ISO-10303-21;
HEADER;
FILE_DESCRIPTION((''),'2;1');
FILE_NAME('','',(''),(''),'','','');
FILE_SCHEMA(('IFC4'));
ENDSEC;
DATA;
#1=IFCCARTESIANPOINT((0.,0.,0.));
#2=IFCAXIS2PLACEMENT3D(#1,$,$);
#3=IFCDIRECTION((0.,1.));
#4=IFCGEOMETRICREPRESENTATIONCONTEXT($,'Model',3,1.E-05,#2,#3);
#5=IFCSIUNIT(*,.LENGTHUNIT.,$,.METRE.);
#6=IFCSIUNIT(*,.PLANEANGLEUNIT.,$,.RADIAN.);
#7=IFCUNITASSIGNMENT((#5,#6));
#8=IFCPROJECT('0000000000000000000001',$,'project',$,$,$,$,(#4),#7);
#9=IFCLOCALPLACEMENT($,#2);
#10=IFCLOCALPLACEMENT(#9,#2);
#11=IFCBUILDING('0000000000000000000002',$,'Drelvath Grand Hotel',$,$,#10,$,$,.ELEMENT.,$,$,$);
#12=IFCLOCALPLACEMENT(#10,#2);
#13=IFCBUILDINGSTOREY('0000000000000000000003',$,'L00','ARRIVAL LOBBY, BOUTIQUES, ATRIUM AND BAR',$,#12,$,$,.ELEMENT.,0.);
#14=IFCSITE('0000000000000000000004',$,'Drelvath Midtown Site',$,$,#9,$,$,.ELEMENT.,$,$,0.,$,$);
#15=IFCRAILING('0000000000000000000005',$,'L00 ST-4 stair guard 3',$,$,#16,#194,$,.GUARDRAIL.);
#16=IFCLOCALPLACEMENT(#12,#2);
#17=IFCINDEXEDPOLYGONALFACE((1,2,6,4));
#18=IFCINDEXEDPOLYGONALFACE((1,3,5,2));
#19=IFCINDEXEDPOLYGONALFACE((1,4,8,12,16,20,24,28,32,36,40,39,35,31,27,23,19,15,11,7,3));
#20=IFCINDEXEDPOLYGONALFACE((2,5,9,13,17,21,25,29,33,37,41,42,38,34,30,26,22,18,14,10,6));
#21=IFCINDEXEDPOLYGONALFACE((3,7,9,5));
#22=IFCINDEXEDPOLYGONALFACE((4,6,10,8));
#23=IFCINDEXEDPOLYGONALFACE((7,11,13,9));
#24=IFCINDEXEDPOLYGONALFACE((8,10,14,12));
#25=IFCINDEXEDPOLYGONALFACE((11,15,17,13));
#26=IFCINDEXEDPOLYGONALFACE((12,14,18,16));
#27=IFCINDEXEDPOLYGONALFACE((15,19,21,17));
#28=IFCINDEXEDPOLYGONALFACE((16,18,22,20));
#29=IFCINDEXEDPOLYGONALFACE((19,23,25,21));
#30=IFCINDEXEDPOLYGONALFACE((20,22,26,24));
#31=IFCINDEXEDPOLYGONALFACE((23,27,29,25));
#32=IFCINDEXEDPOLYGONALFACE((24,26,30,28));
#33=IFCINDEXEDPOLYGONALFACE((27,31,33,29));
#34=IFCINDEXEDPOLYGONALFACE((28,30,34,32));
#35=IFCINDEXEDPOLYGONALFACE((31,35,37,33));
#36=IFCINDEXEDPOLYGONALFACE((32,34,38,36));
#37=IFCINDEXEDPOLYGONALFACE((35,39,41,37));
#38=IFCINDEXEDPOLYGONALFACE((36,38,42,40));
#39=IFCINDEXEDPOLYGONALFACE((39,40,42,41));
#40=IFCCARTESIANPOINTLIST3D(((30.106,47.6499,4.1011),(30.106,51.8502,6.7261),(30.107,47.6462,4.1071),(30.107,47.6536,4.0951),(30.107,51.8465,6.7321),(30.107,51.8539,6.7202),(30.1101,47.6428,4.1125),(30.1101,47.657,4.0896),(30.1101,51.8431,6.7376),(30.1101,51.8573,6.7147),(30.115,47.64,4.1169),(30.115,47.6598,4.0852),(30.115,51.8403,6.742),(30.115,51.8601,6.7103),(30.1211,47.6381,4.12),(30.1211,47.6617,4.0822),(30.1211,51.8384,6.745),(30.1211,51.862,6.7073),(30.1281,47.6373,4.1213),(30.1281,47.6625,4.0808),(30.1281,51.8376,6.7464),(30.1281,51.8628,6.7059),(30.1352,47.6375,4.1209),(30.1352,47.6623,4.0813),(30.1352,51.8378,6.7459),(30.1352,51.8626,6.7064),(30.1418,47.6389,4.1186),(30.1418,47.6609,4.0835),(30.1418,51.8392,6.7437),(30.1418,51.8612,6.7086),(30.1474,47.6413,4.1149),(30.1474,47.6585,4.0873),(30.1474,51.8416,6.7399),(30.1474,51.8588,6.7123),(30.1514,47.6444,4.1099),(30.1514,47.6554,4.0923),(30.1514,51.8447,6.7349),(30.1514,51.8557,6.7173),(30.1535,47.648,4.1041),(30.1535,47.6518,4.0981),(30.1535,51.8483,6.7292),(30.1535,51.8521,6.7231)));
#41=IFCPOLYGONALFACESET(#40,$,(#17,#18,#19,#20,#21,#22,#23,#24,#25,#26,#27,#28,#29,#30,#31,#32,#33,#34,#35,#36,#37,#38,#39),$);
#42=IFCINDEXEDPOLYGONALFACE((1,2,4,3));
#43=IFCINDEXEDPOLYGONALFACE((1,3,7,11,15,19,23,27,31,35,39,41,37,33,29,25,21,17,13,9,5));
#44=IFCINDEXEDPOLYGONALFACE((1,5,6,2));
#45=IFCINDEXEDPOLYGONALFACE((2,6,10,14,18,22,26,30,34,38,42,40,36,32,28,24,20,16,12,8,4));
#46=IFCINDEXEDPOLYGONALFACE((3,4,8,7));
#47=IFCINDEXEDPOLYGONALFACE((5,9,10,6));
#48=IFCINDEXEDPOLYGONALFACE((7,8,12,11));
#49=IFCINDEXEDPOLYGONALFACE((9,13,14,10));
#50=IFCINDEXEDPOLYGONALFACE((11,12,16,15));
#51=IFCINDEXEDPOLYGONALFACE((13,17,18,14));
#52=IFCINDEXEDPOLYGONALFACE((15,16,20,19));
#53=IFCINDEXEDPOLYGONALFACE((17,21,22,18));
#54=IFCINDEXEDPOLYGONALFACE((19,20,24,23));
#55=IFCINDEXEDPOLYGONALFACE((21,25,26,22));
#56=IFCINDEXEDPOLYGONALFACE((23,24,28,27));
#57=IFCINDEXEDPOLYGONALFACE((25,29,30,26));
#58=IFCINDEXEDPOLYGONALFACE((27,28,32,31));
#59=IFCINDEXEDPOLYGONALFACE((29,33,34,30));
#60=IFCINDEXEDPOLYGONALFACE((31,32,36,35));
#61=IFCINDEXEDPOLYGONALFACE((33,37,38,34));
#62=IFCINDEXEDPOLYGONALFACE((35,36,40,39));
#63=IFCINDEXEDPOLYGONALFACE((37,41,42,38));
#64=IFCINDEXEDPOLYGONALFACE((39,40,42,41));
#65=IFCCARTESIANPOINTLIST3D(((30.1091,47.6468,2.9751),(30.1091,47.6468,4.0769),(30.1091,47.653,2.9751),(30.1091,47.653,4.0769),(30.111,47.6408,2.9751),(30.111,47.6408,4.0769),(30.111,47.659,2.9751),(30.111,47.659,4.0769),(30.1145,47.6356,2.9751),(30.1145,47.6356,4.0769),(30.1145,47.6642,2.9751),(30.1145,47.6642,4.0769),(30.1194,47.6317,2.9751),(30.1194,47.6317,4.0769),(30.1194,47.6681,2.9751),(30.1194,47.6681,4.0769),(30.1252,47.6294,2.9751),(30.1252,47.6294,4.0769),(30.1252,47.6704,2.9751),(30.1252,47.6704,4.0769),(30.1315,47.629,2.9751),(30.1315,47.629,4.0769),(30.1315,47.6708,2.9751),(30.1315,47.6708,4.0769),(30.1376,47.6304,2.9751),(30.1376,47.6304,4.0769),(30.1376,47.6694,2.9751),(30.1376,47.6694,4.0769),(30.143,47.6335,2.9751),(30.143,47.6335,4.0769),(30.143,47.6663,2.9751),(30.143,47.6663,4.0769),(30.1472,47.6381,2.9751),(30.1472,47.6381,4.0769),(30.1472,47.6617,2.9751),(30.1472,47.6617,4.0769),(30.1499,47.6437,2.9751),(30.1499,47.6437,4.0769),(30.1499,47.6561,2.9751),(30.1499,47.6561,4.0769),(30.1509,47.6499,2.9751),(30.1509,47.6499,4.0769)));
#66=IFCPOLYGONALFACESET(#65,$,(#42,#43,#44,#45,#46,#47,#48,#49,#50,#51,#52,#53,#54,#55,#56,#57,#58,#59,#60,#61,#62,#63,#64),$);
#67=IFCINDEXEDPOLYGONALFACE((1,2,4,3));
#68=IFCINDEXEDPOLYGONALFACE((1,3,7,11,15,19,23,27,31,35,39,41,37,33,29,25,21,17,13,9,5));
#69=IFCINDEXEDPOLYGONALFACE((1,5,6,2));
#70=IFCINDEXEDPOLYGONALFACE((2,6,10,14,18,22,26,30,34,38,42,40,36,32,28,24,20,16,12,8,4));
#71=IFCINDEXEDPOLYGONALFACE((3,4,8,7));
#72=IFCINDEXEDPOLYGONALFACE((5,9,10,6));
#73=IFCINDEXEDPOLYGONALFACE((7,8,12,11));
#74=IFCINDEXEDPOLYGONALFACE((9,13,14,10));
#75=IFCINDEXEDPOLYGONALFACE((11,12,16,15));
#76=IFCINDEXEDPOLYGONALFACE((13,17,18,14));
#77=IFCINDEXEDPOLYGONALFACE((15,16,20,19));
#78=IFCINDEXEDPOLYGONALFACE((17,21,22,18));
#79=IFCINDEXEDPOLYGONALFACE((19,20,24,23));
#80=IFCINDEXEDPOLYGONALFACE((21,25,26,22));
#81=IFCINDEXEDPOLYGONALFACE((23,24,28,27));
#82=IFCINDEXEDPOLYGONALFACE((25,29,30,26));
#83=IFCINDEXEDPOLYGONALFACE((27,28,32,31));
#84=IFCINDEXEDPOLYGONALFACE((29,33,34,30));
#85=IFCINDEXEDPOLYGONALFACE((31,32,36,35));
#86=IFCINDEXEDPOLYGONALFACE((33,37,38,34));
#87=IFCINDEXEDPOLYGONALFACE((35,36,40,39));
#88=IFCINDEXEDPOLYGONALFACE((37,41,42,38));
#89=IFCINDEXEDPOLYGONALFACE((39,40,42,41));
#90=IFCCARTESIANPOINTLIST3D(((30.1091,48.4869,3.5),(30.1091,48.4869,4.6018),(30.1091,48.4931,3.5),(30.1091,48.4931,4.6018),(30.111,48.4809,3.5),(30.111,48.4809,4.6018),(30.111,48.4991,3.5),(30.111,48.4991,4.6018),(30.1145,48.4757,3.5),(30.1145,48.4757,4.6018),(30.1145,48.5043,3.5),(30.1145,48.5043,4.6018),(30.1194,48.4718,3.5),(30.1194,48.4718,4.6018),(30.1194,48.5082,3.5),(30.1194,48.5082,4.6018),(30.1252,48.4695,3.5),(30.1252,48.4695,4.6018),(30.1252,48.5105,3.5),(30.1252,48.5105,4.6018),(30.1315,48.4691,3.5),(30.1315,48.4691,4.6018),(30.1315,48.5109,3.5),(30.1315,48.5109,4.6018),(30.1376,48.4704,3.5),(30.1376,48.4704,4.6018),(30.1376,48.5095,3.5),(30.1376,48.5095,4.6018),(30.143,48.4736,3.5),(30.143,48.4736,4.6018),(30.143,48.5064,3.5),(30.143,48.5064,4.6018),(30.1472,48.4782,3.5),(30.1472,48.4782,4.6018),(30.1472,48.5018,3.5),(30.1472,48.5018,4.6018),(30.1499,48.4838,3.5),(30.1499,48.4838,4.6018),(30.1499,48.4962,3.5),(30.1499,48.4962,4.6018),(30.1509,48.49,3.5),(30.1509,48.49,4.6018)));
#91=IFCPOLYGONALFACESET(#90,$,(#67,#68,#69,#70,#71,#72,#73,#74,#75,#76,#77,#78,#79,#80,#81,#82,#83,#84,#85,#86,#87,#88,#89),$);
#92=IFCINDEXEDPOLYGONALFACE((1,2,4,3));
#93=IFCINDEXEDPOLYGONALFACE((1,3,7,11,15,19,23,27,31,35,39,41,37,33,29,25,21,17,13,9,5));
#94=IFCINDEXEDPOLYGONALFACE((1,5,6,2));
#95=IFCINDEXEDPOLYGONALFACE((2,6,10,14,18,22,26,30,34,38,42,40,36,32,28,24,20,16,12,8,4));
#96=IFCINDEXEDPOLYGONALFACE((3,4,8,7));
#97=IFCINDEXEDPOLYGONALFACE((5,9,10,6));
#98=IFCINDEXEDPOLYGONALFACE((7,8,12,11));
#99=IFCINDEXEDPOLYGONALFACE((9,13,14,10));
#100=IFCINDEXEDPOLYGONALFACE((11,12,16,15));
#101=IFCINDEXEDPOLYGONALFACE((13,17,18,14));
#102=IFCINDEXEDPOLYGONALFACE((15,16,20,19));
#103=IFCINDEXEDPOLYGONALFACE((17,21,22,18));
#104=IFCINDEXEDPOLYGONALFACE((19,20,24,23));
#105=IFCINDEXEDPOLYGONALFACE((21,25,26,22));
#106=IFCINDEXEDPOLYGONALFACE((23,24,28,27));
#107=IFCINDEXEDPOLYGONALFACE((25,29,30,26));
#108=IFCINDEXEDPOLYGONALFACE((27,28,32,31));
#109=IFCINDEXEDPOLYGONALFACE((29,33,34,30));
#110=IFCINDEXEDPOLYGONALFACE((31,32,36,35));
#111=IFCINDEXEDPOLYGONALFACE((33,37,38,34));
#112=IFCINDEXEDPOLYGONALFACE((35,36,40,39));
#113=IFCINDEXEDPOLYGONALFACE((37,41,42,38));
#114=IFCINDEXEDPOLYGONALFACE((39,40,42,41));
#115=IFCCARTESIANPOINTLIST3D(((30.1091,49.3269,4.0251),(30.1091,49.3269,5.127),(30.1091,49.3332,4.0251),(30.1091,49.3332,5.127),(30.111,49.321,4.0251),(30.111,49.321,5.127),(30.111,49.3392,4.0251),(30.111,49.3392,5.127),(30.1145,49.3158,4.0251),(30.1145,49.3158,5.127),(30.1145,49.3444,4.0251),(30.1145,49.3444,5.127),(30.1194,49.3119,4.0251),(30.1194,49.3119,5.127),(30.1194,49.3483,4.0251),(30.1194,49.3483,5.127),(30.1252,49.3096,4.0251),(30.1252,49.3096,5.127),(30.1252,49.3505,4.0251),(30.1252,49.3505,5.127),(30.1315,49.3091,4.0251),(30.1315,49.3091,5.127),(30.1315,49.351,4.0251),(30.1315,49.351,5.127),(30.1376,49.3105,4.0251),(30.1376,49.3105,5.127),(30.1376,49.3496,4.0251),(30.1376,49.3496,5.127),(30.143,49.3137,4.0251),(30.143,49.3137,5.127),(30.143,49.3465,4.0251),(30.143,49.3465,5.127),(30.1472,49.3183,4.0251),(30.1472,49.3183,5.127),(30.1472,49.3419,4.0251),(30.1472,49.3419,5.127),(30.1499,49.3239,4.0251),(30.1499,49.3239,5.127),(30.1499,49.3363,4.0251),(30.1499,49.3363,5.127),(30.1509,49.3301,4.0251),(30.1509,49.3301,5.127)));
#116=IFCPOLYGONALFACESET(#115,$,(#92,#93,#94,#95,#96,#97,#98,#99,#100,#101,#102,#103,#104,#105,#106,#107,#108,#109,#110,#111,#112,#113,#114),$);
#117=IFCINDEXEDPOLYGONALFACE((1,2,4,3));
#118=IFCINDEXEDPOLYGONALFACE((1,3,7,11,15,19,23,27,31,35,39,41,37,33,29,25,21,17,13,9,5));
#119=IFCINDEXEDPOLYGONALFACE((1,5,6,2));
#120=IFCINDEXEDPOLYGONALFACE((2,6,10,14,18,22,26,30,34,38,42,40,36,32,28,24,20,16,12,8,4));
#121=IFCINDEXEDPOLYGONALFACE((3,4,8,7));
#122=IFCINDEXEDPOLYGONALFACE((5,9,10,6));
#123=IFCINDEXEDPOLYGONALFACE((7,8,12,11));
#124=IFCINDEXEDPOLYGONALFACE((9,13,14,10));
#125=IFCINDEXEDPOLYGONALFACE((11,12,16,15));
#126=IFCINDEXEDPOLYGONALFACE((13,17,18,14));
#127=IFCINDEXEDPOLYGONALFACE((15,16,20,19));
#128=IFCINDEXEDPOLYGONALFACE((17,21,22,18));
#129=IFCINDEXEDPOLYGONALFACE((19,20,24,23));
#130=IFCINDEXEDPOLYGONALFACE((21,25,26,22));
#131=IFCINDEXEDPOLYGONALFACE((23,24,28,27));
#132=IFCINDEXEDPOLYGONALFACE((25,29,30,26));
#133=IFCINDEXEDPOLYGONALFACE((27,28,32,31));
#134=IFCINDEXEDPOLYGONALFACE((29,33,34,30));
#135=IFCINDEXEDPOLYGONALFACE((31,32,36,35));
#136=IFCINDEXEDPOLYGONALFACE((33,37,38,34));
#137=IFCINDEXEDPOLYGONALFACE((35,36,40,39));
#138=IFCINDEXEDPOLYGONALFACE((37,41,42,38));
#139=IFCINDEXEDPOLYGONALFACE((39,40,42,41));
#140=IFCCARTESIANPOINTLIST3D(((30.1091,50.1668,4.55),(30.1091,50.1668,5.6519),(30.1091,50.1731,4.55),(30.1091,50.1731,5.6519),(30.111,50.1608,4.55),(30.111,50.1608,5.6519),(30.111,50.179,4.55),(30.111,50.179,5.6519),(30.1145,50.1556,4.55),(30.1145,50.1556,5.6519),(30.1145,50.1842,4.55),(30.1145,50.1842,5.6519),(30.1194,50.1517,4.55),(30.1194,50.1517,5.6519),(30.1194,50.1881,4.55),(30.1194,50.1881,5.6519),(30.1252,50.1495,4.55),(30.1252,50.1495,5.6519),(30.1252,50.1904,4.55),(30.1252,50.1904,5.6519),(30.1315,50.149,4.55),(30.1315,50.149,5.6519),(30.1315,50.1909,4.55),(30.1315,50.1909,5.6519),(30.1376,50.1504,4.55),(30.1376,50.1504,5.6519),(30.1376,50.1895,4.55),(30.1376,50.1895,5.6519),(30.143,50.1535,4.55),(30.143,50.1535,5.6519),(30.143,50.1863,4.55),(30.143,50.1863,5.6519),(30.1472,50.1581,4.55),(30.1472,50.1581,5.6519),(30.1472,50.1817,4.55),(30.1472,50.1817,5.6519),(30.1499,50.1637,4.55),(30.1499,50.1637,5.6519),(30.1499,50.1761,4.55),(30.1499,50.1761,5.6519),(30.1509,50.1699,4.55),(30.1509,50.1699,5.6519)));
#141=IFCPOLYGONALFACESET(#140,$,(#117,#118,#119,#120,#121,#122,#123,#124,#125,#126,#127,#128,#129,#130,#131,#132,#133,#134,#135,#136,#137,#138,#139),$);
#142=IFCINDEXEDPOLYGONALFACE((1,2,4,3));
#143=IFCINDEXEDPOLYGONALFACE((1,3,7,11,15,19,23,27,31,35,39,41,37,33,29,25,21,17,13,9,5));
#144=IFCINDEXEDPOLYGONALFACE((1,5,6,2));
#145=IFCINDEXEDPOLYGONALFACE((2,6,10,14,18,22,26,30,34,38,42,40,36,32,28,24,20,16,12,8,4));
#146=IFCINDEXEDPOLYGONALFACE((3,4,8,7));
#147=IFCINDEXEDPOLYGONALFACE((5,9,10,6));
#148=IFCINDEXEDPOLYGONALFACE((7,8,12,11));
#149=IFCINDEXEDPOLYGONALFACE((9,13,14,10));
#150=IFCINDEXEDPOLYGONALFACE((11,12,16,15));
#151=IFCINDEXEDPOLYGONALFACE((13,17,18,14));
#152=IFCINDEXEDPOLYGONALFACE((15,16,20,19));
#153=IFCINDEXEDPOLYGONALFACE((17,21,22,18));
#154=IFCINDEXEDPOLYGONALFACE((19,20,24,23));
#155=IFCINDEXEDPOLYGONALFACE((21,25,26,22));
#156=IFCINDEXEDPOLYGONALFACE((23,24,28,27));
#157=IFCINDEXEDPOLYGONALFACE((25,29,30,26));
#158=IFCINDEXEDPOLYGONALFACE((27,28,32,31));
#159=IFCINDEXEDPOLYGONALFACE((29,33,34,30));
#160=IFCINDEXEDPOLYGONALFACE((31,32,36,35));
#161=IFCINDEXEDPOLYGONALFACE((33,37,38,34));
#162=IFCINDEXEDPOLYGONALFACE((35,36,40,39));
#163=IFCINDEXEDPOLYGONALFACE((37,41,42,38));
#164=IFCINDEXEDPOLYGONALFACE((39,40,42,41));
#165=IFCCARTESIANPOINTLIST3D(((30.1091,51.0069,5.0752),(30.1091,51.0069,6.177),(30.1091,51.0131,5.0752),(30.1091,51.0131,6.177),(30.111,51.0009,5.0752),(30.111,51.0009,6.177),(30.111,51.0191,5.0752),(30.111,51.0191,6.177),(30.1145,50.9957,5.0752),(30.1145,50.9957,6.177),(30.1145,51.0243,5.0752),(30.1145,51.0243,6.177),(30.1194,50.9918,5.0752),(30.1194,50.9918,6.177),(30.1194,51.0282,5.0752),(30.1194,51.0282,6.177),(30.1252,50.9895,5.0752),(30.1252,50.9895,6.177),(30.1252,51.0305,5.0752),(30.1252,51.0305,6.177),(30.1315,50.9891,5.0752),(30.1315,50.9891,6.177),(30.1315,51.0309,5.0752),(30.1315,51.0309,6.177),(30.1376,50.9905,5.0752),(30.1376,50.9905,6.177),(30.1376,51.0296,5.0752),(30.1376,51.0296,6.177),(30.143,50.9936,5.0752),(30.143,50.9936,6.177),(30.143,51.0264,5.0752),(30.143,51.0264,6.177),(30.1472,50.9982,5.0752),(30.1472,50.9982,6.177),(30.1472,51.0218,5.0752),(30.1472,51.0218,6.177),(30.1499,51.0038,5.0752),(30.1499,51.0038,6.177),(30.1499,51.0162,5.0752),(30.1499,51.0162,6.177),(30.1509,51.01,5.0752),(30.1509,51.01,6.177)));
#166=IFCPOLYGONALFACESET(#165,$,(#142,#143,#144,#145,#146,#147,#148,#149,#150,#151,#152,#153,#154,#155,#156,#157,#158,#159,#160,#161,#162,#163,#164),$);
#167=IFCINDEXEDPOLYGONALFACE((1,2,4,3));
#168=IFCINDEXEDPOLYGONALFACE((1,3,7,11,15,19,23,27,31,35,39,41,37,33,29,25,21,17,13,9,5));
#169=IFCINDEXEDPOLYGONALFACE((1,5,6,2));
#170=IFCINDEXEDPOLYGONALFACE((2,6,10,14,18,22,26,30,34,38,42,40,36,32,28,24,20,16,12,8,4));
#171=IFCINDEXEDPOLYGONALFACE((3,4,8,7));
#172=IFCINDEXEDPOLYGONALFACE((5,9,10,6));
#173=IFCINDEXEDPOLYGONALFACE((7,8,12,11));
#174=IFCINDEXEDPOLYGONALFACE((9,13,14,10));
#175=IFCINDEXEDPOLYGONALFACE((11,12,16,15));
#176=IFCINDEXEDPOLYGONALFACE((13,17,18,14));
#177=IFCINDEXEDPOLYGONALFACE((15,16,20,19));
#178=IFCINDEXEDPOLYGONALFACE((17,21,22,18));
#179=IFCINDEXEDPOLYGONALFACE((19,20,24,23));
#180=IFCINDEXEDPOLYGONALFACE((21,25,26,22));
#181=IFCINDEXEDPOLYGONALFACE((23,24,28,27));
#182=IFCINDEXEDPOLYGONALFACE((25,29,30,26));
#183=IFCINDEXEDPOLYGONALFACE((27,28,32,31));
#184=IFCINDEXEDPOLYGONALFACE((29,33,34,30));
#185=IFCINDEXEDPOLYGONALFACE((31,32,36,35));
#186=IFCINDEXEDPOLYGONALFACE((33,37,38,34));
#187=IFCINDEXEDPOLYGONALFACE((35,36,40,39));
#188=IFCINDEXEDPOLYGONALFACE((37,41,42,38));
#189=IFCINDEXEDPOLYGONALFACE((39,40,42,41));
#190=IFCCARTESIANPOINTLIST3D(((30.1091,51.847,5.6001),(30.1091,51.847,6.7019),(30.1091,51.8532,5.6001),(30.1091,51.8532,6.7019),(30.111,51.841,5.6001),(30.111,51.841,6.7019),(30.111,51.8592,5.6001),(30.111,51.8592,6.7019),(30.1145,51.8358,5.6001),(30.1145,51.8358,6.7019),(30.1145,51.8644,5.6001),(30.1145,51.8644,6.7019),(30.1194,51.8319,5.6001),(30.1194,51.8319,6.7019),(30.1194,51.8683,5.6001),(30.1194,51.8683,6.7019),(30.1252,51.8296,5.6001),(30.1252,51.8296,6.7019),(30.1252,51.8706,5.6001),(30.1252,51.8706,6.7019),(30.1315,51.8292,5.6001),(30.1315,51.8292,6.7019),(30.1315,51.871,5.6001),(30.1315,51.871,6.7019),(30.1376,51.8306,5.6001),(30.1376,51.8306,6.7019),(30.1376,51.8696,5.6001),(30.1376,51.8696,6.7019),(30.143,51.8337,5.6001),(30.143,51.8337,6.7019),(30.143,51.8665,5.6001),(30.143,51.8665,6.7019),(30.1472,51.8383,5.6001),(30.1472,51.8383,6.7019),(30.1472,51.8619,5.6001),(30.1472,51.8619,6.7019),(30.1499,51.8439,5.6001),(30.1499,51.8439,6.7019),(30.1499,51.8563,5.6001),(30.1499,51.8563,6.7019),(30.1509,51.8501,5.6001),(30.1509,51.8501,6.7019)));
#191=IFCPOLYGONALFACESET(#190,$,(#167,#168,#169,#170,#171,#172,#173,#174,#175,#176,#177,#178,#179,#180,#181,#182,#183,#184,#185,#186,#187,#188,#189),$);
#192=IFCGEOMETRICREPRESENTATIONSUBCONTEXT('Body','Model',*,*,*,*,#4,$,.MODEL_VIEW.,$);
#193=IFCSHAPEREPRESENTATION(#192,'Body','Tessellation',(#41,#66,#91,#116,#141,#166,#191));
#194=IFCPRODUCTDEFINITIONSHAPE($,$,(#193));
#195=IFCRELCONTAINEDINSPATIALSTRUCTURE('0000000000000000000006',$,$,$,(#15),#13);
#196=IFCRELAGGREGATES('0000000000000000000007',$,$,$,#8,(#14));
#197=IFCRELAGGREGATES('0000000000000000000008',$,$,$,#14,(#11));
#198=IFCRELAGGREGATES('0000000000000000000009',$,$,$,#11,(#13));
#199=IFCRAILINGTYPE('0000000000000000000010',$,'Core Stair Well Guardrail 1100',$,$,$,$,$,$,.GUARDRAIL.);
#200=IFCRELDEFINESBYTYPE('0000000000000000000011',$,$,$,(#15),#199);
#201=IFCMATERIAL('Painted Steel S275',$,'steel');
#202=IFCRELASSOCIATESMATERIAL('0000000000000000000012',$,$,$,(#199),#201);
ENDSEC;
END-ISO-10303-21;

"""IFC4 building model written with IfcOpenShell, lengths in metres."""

from ifc_helpers import new_model, si_unit, direction, frame, origin, origin_2d, place, context, subcontext, project, spatial, circle, extrude, material, type_object, element, save


model = new_model("IFC4")

# Units and contexts
model_context = context("Model", 3, precision=1e-05, world=origin(), true_north=direction((0.0, 1.0)))
body_context = subcontext(model_context, "Body", "Model", "MODEL_VIEW")
ifc_project = project(units=[si_unit("LENGTHUNIT", "METRE"), si_unit("PLANEANGLEUNIT", "RADIAN")], contexts=[model_context])

# Site, building, storey
site_placement = place(None, origin())
site = spatial("IfcSite", under=ifc_project, at=site_placement, Name="Drelvath Midtown Site", CompositionType="ELEMENT", RefElevation=0.0)
building_placement = place(site_placement, origin())
building = spatial("IfcBuilding", under=site, at=building_placement, Name="Drelvath Grand Hotel", CompositionType="ELEMENT")
storey_placement = place(building_placement, origin())
storey = spatial("IfcBuildingStorey", under=building, at=storey_placement, Name="L00", Description="ARRIVAL LOBBY, BOUTIQUES, ATRIUM AND BAR", CompositionType="ELEMENT", Elevation=0.0)

# Shared definitions
ifc_material_1 = material(Name="Painted Steel S275", Category="steel")

# Railing
railing_type_1 = type_object("IfcRailingType", Name="Core Stair Well Guardrail 1100", PredefinedType="GUARDRAIL", material=ifc_material_1)
railing_1_placement = place(storey_placement, frame((30.1299, 47.6499, 2.9751)))
element("IfcRailing", 1, at=railing_1_placement, inside=storey, type_object=railing_type_1, Name="L00 ST-4 stair guard 3", PredefinedType="GUARDRAIL", context=body_context, shape_type="SweptSolid", body=[
    extrude(circle(Radius=0.0239, at=origin_2d()), frame((0.0, 0.0, 1.126), z_axis=(0.0, 0.848009, 0.529981), x_axis=(-1.0, 0.0, 0.0)), (0.0, 0.0, 1.0), 4.9531),
    extrude(circle(Radius=0.021, at=origin_2d()), origin(), (0.0, 0.0, 1.0), 1.1018),
    extrude(circle(Radius=0.021, at=origin_2d()), frame((0.0, 0.8401, 0.5249)), (0.0, 0.0, 1.0), 1.1018),
    extrude(circle(Radius=0.021, at=origin_2d()), frame((0.0, 1.6802, 1.05)), (0.0, 0.0, 1.0), 1.1018),
    extrude(circle(Radius=0.021, at=origin_2d()), frame((0.0, 2.52, 1.575)), (0.0, 0.0, 1.0), 1.1018),
    extrude(circle(Radius=0.021, at=origin_2d()), frame((0.0, 3.3601, 2.1001)), (0.0, 0.0, 1.0), 1.1018),
    extrude(circle(Radius=0.021, at=origin_2d()), frame((0.0, 4.2002, 2.625)), (0.0, 0.0, 1.0), 1.1018),
])

save(model, "model.ifc")
